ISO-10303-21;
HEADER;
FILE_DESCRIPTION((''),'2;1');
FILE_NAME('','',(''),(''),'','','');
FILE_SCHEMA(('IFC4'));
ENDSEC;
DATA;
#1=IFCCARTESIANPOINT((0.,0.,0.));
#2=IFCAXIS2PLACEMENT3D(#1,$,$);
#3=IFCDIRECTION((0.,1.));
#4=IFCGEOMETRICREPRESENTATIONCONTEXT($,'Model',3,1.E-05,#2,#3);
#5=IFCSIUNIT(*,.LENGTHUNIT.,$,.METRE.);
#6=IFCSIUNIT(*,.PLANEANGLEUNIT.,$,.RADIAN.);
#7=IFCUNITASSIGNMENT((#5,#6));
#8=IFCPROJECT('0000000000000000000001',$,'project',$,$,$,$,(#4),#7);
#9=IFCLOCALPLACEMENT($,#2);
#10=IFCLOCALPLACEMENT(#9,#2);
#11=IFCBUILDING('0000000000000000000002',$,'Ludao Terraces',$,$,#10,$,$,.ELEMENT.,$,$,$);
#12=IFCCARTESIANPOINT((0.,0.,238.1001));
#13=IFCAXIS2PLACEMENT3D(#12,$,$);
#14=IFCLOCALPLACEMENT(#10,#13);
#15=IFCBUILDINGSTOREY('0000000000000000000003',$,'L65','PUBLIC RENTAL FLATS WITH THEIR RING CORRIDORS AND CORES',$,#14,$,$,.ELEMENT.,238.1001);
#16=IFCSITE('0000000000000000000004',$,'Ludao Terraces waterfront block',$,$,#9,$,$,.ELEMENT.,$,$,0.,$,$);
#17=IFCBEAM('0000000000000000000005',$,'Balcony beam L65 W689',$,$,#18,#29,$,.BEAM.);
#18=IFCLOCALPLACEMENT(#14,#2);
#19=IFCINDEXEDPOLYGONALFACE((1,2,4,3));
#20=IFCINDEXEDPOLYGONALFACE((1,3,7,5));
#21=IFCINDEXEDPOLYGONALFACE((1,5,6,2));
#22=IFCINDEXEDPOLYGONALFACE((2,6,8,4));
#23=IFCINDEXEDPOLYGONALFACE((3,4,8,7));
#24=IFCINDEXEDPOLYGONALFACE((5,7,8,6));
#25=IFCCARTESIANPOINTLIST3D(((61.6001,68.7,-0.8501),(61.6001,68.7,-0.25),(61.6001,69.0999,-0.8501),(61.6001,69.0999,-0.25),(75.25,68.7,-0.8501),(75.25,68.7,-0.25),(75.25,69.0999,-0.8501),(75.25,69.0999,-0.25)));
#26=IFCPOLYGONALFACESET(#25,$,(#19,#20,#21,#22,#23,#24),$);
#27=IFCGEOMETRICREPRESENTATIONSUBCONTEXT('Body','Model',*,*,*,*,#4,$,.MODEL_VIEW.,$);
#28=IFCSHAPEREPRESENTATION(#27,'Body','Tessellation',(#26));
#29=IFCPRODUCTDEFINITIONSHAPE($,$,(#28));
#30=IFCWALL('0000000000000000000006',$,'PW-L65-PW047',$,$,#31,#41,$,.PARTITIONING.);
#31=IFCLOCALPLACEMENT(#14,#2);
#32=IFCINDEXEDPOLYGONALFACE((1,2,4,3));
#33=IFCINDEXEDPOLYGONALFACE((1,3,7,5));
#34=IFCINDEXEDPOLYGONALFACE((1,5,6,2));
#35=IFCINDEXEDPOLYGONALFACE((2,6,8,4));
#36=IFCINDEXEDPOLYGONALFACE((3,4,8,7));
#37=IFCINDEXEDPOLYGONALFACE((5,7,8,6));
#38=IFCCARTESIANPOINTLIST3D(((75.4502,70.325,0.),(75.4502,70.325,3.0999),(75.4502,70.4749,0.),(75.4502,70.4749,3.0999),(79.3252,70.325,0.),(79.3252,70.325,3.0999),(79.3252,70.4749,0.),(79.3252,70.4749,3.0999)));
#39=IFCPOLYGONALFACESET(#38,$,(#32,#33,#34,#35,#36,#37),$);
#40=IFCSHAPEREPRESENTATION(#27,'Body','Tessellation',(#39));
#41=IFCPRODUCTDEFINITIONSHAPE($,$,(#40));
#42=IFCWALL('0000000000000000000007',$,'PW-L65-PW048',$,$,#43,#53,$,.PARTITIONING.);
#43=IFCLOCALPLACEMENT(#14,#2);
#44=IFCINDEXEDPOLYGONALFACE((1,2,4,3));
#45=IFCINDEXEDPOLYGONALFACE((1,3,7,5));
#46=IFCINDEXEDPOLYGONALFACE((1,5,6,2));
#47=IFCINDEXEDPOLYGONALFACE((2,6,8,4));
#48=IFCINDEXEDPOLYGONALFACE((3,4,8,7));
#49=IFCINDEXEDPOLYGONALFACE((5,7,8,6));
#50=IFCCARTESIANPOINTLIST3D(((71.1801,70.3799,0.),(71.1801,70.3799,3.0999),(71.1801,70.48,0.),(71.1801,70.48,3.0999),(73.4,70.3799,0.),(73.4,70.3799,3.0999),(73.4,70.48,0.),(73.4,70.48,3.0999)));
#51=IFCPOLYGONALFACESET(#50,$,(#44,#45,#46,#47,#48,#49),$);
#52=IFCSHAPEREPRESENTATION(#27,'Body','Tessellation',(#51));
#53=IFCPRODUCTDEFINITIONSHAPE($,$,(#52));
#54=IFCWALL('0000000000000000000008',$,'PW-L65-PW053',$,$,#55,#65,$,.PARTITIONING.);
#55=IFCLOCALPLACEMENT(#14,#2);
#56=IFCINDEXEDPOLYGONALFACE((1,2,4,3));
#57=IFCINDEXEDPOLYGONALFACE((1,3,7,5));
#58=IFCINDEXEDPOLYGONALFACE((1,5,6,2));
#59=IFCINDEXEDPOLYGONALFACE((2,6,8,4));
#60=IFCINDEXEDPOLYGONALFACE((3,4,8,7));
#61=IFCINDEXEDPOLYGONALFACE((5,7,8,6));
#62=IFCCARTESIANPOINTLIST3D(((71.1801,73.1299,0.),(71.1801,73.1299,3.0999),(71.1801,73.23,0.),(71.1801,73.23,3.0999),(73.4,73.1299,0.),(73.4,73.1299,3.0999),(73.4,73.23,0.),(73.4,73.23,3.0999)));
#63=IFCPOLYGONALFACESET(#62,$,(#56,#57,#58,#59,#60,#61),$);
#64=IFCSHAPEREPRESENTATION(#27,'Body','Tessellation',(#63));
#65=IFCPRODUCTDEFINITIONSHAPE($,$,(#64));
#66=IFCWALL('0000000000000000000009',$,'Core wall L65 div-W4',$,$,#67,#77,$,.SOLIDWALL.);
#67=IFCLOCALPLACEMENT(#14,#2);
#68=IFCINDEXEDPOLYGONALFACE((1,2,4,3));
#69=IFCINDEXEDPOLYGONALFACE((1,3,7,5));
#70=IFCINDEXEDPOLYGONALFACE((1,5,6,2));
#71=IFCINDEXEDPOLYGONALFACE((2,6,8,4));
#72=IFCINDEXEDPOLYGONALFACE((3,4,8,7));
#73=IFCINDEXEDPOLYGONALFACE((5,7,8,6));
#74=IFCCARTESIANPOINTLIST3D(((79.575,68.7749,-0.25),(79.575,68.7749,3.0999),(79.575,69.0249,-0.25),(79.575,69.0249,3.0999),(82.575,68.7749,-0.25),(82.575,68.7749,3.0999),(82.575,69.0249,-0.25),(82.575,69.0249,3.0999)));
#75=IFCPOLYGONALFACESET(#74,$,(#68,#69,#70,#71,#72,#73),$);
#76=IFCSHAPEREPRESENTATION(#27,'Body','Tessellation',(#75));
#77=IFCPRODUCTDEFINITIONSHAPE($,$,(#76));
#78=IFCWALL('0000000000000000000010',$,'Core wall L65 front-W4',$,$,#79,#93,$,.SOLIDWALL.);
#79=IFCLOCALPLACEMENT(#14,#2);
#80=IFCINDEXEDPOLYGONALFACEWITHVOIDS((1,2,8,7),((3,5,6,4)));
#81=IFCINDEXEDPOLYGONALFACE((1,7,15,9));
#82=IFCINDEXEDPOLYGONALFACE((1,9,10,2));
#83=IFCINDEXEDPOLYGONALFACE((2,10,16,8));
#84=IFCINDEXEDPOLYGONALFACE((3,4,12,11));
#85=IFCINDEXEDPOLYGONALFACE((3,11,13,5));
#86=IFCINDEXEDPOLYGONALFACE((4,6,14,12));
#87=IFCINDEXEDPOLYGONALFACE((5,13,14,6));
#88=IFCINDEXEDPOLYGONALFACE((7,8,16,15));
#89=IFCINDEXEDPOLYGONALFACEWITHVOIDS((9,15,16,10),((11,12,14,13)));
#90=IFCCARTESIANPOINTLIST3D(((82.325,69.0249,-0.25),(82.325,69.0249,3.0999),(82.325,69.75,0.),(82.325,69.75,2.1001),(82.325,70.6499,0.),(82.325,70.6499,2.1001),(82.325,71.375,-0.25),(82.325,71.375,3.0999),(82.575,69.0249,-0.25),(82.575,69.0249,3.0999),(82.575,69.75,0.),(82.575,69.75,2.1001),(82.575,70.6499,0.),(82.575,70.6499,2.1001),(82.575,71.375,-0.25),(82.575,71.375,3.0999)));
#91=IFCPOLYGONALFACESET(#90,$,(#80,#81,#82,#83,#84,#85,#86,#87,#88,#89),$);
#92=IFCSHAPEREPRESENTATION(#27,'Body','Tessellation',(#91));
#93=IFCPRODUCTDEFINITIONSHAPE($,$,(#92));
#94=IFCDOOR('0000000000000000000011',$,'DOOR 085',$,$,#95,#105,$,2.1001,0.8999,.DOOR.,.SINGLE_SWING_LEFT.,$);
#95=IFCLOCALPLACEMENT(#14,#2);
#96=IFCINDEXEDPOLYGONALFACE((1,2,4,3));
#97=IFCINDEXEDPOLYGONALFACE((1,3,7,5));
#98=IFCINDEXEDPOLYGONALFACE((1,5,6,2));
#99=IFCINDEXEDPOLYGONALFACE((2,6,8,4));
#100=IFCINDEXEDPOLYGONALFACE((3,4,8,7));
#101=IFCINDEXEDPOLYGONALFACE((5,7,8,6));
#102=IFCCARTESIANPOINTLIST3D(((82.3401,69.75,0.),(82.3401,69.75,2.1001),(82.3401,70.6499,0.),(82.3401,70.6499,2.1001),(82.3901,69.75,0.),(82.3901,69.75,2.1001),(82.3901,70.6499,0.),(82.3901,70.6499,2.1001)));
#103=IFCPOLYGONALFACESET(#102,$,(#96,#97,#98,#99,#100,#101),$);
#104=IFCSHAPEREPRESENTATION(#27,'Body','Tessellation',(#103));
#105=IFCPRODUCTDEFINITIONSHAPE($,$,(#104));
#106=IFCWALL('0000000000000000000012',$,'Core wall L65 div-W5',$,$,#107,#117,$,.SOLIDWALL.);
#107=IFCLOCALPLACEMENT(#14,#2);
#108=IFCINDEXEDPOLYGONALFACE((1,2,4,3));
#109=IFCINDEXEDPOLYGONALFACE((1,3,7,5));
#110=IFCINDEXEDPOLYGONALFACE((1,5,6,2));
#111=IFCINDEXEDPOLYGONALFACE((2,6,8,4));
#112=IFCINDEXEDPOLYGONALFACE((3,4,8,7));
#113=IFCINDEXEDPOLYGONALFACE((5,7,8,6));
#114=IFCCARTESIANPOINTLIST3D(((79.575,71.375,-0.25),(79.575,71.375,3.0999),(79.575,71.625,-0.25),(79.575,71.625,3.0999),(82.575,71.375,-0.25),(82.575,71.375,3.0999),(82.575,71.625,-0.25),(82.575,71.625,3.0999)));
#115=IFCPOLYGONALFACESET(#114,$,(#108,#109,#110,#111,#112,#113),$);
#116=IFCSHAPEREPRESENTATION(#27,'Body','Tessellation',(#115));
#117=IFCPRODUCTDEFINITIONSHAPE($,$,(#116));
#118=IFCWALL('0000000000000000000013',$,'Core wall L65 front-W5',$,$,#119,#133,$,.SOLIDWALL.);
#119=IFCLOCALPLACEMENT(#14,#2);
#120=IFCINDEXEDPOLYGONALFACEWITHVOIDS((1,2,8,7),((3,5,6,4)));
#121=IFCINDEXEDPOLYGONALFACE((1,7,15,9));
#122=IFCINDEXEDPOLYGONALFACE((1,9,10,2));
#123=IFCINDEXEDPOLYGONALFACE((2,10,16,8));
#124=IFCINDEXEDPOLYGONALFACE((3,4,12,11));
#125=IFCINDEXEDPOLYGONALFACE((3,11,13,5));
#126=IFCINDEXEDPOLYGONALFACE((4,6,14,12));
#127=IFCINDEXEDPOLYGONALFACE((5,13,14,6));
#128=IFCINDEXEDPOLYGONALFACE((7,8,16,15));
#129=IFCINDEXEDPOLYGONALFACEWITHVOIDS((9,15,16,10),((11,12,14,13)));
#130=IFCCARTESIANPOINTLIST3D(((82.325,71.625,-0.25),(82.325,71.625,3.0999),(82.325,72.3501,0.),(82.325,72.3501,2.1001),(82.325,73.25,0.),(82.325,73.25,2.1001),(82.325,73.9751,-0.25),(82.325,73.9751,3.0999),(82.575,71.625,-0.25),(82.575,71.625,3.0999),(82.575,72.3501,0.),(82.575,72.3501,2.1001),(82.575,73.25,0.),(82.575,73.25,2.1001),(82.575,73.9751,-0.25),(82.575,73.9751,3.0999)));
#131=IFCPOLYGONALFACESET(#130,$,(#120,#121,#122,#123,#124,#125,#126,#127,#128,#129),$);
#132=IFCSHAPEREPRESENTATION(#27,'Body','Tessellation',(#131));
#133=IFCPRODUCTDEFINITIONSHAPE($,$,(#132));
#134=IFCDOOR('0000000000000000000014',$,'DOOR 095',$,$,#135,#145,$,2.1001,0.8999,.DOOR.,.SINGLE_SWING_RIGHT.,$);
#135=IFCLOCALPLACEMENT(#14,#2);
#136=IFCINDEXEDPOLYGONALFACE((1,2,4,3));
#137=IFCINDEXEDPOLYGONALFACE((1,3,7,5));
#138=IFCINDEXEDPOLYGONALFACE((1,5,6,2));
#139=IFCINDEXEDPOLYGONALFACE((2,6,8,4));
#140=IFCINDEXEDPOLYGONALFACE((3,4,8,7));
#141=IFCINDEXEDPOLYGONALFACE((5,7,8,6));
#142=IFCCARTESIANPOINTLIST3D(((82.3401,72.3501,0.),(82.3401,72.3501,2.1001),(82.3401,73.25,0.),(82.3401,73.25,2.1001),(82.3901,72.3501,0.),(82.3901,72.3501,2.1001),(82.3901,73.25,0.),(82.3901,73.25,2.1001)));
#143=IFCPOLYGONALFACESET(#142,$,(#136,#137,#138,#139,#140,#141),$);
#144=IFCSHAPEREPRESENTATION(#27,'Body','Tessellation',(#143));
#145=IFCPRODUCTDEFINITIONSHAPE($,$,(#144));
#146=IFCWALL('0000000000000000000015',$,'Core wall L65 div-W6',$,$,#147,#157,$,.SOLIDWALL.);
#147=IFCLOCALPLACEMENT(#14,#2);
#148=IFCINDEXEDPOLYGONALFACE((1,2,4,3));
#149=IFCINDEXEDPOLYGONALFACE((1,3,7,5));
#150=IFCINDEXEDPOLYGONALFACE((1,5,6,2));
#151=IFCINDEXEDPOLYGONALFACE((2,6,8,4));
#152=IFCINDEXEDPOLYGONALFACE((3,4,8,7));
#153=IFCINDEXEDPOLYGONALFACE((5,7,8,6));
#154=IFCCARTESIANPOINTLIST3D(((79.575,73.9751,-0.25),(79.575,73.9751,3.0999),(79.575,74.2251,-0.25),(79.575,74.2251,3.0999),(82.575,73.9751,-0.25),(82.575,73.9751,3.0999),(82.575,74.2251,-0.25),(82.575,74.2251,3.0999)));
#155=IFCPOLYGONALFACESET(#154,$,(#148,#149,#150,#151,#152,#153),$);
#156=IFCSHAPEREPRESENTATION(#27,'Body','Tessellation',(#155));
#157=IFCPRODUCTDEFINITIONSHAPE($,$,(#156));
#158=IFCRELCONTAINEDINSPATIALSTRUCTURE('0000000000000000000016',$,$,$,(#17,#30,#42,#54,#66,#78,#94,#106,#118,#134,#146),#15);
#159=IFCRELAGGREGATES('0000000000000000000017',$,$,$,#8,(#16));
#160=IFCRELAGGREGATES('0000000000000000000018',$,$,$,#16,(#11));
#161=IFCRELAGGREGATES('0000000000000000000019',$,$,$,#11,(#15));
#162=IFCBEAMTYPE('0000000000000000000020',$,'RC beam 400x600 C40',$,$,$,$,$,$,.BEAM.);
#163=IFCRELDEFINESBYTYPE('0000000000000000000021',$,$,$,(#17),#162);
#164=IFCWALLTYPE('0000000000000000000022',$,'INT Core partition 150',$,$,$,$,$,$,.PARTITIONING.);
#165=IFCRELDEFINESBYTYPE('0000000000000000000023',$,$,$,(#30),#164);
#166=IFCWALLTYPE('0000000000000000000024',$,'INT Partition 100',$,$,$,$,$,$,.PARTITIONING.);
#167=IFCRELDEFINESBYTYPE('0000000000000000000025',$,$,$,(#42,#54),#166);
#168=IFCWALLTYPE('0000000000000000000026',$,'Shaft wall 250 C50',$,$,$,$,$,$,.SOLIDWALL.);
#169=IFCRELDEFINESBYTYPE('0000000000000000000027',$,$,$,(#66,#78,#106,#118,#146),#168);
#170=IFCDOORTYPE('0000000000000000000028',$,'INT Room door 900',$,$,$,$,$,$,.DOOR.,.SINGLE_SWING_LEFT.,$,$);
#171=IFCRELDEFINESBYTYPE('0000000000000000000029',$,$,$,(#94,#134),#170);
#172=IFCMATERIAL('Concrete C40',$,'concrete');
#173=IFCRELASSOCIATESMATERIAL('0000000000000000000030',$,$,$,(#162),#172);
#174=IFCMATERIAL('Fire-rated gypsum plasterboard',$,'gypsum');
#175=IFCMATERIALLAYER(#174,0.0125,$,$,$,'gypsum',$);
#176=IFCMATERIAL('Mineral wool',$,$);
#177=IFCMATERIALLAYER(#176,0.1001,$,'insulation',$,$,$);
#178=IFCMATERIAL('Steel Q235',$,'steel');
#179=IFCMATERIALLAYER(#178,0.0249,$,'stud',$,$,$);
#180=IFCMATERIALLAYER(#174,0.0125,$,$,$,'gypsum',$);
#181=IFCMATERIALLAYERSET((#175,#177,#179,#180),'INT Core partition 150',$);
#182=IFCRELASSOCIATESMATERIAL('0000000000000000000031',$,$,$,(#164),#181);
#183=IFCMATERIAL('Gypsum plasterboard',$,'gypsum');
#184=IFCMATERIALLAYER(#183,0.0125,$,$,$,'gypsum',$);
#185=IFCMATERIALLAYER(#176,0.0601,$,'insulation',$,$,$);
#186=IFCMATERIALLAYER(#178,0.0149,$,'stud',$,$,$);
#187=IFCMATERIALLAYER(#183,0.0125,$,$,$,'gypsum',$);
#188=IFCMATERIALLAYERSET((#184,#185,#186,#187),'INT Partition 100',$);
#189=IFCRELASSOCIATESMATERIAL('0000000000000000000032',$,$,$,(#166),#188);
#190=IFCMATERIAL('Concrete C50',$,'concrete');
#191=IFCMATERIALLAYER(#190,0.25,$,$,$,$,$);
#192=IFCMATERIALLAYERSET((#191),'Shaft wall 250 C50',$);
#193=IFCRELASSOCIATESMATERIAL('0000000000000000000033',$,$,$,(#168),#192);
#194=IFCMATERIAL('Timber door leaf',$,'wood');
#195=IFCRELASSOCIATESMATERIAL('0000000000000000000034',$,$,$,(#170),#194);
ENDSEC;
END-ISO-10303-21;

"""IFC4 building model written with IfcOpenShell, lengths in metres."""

from ifc_helpers import new_model, si_unit, direction, frame, frame_2d, origin, origin_2d, place, context, subcontext, project, spatial, rectangle, extrude, material, layer, layer_set, material_profile, profile_set, type_object, element, fill, save


model = new_model("IFC4")

# Units and contexts
model_context = context("Model", 3, precision=1e-05, world=origin(), true_north=direction((0.0, 1.0)))
body_context = subcontext(model_context, "Body", "Model", "MODEL_VIEW")
ifc_project = project(units=[si_unit("LENGTHUNIT", "METRE"), si_unit("PLANEANGLEUNIT", "RADIAN")], contexts=[model_context])

# Site, building, storey
site_placement = place(None, origin())
site = spatial("IfcSite", under=ifc_project, at=site_placement, Name="Ludao Terraces waterfront block", CompositionType="ELEMENT", RefElevation=0.0)
building_placement = place(site_placement, origin())
building = spatial("IfcBuilding", under=site, at=building_placement, Name="Ludao Terraces", CompositionType="ELEMENT")
storey_placement = place(building_placement, frame((0.0, 0.0, 238.1001)))
storey = spatial("IfcBuildingStorey", under=building, at=storey_placement, Name="L65", Description="PUBLIC RENTAL FLATS WITH THEIR RING CORRIDORS AND CORES", CompositionType="ELEMENT", Elevation=238.1001)

# Beam
ifc_material_1 = material(Name="Concrete C40", Category="concrete")
ifc_material_profile = material_profile(ifc_material_1, rectangle(XDim=0.3999, YDim=0.6001, at=origin_2d()), Name="400 X 600")
ifc_profile_set = profile_set([ifc_material_profile], Name="Concrete C40")
beam_type = type_object("IfcBeamType", Name="RC beam 400x600 C40", PredefinedType="BEAM", material=ifc_profile_set)
beam_placement = place(storey_placement, frame((75.25, 68.8999, -0.55), z_axis=(-1.0, 0.0, 0.0), x_axis=(0.0, -1.0, 0.0)))
element("IfcBeam", 1, at=beam_placement, inside=storey, type_object=beam_type, Name="Balcony beam L65 W689", PredefinedType="BEAM", context=body_context, shape_type="SweptSolid", body=[
    extrude(rectangle(XDim=0.3999, YDim=0.6001, at=origin_2d()), origin(), (0.0, 0.0, 1.0), 13.6499),
])

# Walls
ifc_material_2 = material(Name="Fire-rated gypsum plasterboard", Category="gypsum")
ifc_layer_1 = layer(ifc_material_2, 0.0125, Category="gypsum")
ifc_material_3 = material(Name="Mineral wool")
ifc_layer_2 = layer(ifc_material_3, 0.1001, Name="insulation")
ifc_material_4 = material(Name="Steel Q235", Category="steel")
ifc_layer_3 = layer(ifc_material_4, 0.0249, Name="stud")
ifc_layer_4 = layer(ifc_material_2, 0.0125, Category="gypsum")
ifc_layer_set_1 = layer_set([ifc_layer_1, ifc_layer_2, ifc_layer_3, ifc_layer_4], Name="INT Core partition 150")
wall_type_1 = type_object("IfcWallType", Name="INT Core partition 150", PredefinedType="PARTITIONING", material=ifc_layer_set_1)
wall_1_placement = place(storey_placement, frame((75.4502, 70.3999, 0.0), z_axis=(0.0, 0.0, 1.0), x_axis=(1.0, 0.0, 0.0)))
element("IfcWall", 2, at=wall_1_placement, inside=storey, type_object=wall_type_1, Name="PW-L65-PW047", PredefinedType="PARTITIONING", context=body_context, shape_type="SweptSolid", body=[
    extrude(rectangle(XDim=3.875, YDim=0.1499, at=frame_2d((1.9375, 0.0))), origin(), (0.0, 0.0, 1.0), 3.0999),
])
ifc_material_5 = material(Name="Gypsum plasterboard", Category="gypsum")
ifc_layer_5 = layer(ifc_material_5, 0.0125, Category="gypsum")
ifc_layer_6 = layer(ifc_material_3, 0.0601, Name="insulation")
ifc_layer_7 = layer(ifc_material_4, 0.0149, Name="stud")
ifc_layer_8 = layer(ifc_material_5, 0.0125, Category="gypsum")
ifc_layer_set_2 = layer_set([ifc_layer_5, ifc_layer_6, ifc_layer_7, ifc_layer_8], Name="INT Partition 100")
wall_type_2 = type_object("IfcWallType", Name="INT Partition 100", PredefinedType="PARTITIONING", material=ifc_layer_set_2)
for number, where, z_axis, x_axis, name in (
    (3, (71.1802, 70.4299, 0.0), (0.0, 0.0, 1.0), (1.0, 0.0, 0.0), "PW-L65-PW048"),
    (4, (71.1802, 73.1799, 0.0), (0.0, 0.0, 1.0), (1.0, 0.0, 0.0), "PW-L65-PW053"),
):
    element("IfcWall", number, at=place(storey_placement, frame(where, z_axis=z_axis, x_axis=x_axis)), inside=storey, type_object=wall_type_2, Name=name, PredefinedType="PARTITIONING", context=body_context, shape_type="SweptSolid", body=[
        extrude(rectangle(XDim=2.22, YDim=0.1001, at=frame_2d((1.1099, 0.0))), origin(), (0.0, 0.0, 1.0), 3.0999),
    ])
ifc_material_6 = material(Name="Concrete C50", Category="concrete")
ifc_layer_9 = layer(ifc_material_6, 0.25)
ifc_layer_set_3 = layer_set([ifc_layer_9], Name="Shaft wall 250 C50")
wall_type_3 = type_object("IfcWallType", Name="Shaft wall 250 C50", PredefinedType="SOLIDWALL", material=ifc_layer_set_3)
wall_2_placement = place(storey_placement, frame((79.575, 68.8999, -0.25), z_axis=(0.0, 0.0, 1.0), x_axis=(1.0, 0.0, 0.0)))
element("IfcWall", 5, at=wall_2_placement, inside=storey, type_object=wall_type_3, Name="Core wall L65 div-W4", PredefinedType="SOLIDWALL", context=body_context, shape_type="SweptSolid", body=[
    extrude(rectangle(XDim=3.0, YDim=0.25, at=frame_2d((1.5, 0.0))), origin(), (0.0, 0.0, 1.0), 3.3499),
])

# Wall, opening, door
wall_3_placement = place(storey_placement, frame((82.45, 69.0249, -0.25), z_axis=(0.0, 0.0, 1.0), x_axis=(0.0, 1.0, 0.0)))
wall_3 = element("IfcWall", 6, at=wall_3_placement, inside=storey, type_object=wall_type_3, Name="Core wall L65 front-W4", PredefinedType="SOLIDWALL", context=body_context, shape_type="SweptSolid", body=[
    extrude(rectangle(XDim=2.3501, YDim=0.25, at=frame_2d((1.175, 0.0))), origin(), (0.0, 0.0, 1.0), 3.3499),
])
opening_1_placement = place(wall_3_placement, frame((0.7251, 0.0, 0.25)))
opening_1 = element("IfcOpeningElement", 7, at=opening_1_placement, cuts=wall_3, PredefinedType="OPENING", context=body_context, shape_type="SweptSolid", body=[
    extrude(rectangle(XDim=0.8999, YDim=2.1001, at=frame_2d((0.45, 1.05))), frame((0.0, 0.135, 0.0), z_axis=(0.0, -1.0, 0.0), x_axis=(1.0, 0.0, 0.0)), (0.0, 0.0, 1.0), 0.27),
])
ifc_material_7 = material(Name="Timber door leaf", Category="wood")
door_type = type_object("IfcDoorType", Name="INT Room door 900", OperationType="SINGLE_SWING_LEFT", PredefinedType="DOOR", material=ifc_material_7)
door_1_placement = place(opening_1_placement, origin())
door_1 = element("IfcDoor", 8, at=door_1_placement, inside=storey, type_object=door_type, Name="DOOR 085", OperationType="SINGLE_SWING_LEFT", OverallHeight=2.1001, OverallWidth=0.8999, PredefinedType="DOOR", context=body_context, shape_type="SweptSolid", body=[
    extrude(rectangle(XDim=0.8999, YDim=2.1001, at=frame_2d((0.45, 1.05))), frame((0.0, 0.1099, 0.0), z_axis=(0.0, -1.0, 0.0), x_axis=(1.0, 0.0, 0.0)), (0.0, 0.0, 1.0), 0.05),
])
fill(opening_1, door_1)

# Wall
wall_4_placement = place(storey_placement, frame((79.575, 71.5, -0.25), z_axis=(0.0, 0.0, 1.0), x_axis=(1.0, 0.0, 0.0)))
element("IfcWall", 9, at=wall_4_placement, inside=storey, type_object=wall_type_3, Name="Core wall L65 div-W5", PredefinedType="SOLIDWALL", context=body_context, shape_type="SweptSolid", body=[
    extrude(rectangle(XDim=3.0, YDim=0.25, at=frame_2d((1.5, 0.0))), origin(), (0.0, 0.0, 1.0), 3.3499),
])

# Wall, opening, door
wall_5_placement = place(storey_placement, frame((82.45, 71.625, -0.25), z_axis=(0.0, 0.0, 1.0), x_axis=(0.0, 1.0, 0.0)))
wall_5 = element("IfcWall", 10, at=wall_5_placement, inside=storey, type_object=wall_type_3, Name="Core wall L65 front-W5", PredefinedType="SOLIDWALL", context=body_context, shape_type="SweptSolid", body=[
    extrude(rectangle(XDim=2.3501, YDim=0.25, at=frame_2d((1.175, 0.0))), origin(), (0.0, 0.0, 1.0), 3.3499),
])
opening_2_placement = place(wall_5_placement, frame((0.7251, 0.0, 0.25)))
opening_2 = element("IfcOpeningElement", 11, at=opening_2_placement, cuts=wall_5, PredefinedType="OPENING", context=body_context, shape_type="SweptSolid", body=[
    extrude(rectangle(XDim=0.8999, YDim=2.1001, at=frame_2d((0.45, 1.05))), frame((0.0, 0.135, 0.0), z_axis=(0.0, -1.0, 0.0), x_axis=(1.0, 0.0, 0.0)), (0.0, 0.0, 1.0), 0.27),
])
door_2_placement = place(opening_2_placement, origin())
door_2 = element("IfcDoor", 12, at=door_2_placement, inside=storey, type_object=door_type, Name="DOOR 095", OperationType="SINGLE_SWING_RIGHT", OverallHeight=2.1001, OverallWidth=0.8999, PredefinedType="DOOR", context=body_context, shape_type="SweptSolid", body=[
    extrude(rectangle(XDim=0.8999, YDim=2.1001, at=frame_2d((0.45, 1.05))), frame((0.0, 0.1099, 0.0), z_axis=(0.0, -1.0, 0.0), x_axis=(1.0, 0.0, 0.0)), (0.0, 0.0, 1.0), 0.05),
])
fill(opening_2, door_2)

# Wall
wall_6_placement = place(storey_placement, frame((79.575, 74.1001, -0.25), z_axis=(0.0, 0.0, 1.0), x_axis=(1.0, 0.0, 0.0)))
element("IfcWall", 13, at=wall_6_placement, inside=storey, type_object=wall_type_3, Name="Core wall L65 div-W6", PredefinedType="SOLIDWALL", context=body_context, shape_type="SweptSolid", body=[
    extrude(rectangle(XDim=3.0, YDim=0.25, at=frame_2d((1.5, 0.0))), origin(), (0.0, 0.0, 1.0), 3.3499),
])

save(model, "model.ifc")
